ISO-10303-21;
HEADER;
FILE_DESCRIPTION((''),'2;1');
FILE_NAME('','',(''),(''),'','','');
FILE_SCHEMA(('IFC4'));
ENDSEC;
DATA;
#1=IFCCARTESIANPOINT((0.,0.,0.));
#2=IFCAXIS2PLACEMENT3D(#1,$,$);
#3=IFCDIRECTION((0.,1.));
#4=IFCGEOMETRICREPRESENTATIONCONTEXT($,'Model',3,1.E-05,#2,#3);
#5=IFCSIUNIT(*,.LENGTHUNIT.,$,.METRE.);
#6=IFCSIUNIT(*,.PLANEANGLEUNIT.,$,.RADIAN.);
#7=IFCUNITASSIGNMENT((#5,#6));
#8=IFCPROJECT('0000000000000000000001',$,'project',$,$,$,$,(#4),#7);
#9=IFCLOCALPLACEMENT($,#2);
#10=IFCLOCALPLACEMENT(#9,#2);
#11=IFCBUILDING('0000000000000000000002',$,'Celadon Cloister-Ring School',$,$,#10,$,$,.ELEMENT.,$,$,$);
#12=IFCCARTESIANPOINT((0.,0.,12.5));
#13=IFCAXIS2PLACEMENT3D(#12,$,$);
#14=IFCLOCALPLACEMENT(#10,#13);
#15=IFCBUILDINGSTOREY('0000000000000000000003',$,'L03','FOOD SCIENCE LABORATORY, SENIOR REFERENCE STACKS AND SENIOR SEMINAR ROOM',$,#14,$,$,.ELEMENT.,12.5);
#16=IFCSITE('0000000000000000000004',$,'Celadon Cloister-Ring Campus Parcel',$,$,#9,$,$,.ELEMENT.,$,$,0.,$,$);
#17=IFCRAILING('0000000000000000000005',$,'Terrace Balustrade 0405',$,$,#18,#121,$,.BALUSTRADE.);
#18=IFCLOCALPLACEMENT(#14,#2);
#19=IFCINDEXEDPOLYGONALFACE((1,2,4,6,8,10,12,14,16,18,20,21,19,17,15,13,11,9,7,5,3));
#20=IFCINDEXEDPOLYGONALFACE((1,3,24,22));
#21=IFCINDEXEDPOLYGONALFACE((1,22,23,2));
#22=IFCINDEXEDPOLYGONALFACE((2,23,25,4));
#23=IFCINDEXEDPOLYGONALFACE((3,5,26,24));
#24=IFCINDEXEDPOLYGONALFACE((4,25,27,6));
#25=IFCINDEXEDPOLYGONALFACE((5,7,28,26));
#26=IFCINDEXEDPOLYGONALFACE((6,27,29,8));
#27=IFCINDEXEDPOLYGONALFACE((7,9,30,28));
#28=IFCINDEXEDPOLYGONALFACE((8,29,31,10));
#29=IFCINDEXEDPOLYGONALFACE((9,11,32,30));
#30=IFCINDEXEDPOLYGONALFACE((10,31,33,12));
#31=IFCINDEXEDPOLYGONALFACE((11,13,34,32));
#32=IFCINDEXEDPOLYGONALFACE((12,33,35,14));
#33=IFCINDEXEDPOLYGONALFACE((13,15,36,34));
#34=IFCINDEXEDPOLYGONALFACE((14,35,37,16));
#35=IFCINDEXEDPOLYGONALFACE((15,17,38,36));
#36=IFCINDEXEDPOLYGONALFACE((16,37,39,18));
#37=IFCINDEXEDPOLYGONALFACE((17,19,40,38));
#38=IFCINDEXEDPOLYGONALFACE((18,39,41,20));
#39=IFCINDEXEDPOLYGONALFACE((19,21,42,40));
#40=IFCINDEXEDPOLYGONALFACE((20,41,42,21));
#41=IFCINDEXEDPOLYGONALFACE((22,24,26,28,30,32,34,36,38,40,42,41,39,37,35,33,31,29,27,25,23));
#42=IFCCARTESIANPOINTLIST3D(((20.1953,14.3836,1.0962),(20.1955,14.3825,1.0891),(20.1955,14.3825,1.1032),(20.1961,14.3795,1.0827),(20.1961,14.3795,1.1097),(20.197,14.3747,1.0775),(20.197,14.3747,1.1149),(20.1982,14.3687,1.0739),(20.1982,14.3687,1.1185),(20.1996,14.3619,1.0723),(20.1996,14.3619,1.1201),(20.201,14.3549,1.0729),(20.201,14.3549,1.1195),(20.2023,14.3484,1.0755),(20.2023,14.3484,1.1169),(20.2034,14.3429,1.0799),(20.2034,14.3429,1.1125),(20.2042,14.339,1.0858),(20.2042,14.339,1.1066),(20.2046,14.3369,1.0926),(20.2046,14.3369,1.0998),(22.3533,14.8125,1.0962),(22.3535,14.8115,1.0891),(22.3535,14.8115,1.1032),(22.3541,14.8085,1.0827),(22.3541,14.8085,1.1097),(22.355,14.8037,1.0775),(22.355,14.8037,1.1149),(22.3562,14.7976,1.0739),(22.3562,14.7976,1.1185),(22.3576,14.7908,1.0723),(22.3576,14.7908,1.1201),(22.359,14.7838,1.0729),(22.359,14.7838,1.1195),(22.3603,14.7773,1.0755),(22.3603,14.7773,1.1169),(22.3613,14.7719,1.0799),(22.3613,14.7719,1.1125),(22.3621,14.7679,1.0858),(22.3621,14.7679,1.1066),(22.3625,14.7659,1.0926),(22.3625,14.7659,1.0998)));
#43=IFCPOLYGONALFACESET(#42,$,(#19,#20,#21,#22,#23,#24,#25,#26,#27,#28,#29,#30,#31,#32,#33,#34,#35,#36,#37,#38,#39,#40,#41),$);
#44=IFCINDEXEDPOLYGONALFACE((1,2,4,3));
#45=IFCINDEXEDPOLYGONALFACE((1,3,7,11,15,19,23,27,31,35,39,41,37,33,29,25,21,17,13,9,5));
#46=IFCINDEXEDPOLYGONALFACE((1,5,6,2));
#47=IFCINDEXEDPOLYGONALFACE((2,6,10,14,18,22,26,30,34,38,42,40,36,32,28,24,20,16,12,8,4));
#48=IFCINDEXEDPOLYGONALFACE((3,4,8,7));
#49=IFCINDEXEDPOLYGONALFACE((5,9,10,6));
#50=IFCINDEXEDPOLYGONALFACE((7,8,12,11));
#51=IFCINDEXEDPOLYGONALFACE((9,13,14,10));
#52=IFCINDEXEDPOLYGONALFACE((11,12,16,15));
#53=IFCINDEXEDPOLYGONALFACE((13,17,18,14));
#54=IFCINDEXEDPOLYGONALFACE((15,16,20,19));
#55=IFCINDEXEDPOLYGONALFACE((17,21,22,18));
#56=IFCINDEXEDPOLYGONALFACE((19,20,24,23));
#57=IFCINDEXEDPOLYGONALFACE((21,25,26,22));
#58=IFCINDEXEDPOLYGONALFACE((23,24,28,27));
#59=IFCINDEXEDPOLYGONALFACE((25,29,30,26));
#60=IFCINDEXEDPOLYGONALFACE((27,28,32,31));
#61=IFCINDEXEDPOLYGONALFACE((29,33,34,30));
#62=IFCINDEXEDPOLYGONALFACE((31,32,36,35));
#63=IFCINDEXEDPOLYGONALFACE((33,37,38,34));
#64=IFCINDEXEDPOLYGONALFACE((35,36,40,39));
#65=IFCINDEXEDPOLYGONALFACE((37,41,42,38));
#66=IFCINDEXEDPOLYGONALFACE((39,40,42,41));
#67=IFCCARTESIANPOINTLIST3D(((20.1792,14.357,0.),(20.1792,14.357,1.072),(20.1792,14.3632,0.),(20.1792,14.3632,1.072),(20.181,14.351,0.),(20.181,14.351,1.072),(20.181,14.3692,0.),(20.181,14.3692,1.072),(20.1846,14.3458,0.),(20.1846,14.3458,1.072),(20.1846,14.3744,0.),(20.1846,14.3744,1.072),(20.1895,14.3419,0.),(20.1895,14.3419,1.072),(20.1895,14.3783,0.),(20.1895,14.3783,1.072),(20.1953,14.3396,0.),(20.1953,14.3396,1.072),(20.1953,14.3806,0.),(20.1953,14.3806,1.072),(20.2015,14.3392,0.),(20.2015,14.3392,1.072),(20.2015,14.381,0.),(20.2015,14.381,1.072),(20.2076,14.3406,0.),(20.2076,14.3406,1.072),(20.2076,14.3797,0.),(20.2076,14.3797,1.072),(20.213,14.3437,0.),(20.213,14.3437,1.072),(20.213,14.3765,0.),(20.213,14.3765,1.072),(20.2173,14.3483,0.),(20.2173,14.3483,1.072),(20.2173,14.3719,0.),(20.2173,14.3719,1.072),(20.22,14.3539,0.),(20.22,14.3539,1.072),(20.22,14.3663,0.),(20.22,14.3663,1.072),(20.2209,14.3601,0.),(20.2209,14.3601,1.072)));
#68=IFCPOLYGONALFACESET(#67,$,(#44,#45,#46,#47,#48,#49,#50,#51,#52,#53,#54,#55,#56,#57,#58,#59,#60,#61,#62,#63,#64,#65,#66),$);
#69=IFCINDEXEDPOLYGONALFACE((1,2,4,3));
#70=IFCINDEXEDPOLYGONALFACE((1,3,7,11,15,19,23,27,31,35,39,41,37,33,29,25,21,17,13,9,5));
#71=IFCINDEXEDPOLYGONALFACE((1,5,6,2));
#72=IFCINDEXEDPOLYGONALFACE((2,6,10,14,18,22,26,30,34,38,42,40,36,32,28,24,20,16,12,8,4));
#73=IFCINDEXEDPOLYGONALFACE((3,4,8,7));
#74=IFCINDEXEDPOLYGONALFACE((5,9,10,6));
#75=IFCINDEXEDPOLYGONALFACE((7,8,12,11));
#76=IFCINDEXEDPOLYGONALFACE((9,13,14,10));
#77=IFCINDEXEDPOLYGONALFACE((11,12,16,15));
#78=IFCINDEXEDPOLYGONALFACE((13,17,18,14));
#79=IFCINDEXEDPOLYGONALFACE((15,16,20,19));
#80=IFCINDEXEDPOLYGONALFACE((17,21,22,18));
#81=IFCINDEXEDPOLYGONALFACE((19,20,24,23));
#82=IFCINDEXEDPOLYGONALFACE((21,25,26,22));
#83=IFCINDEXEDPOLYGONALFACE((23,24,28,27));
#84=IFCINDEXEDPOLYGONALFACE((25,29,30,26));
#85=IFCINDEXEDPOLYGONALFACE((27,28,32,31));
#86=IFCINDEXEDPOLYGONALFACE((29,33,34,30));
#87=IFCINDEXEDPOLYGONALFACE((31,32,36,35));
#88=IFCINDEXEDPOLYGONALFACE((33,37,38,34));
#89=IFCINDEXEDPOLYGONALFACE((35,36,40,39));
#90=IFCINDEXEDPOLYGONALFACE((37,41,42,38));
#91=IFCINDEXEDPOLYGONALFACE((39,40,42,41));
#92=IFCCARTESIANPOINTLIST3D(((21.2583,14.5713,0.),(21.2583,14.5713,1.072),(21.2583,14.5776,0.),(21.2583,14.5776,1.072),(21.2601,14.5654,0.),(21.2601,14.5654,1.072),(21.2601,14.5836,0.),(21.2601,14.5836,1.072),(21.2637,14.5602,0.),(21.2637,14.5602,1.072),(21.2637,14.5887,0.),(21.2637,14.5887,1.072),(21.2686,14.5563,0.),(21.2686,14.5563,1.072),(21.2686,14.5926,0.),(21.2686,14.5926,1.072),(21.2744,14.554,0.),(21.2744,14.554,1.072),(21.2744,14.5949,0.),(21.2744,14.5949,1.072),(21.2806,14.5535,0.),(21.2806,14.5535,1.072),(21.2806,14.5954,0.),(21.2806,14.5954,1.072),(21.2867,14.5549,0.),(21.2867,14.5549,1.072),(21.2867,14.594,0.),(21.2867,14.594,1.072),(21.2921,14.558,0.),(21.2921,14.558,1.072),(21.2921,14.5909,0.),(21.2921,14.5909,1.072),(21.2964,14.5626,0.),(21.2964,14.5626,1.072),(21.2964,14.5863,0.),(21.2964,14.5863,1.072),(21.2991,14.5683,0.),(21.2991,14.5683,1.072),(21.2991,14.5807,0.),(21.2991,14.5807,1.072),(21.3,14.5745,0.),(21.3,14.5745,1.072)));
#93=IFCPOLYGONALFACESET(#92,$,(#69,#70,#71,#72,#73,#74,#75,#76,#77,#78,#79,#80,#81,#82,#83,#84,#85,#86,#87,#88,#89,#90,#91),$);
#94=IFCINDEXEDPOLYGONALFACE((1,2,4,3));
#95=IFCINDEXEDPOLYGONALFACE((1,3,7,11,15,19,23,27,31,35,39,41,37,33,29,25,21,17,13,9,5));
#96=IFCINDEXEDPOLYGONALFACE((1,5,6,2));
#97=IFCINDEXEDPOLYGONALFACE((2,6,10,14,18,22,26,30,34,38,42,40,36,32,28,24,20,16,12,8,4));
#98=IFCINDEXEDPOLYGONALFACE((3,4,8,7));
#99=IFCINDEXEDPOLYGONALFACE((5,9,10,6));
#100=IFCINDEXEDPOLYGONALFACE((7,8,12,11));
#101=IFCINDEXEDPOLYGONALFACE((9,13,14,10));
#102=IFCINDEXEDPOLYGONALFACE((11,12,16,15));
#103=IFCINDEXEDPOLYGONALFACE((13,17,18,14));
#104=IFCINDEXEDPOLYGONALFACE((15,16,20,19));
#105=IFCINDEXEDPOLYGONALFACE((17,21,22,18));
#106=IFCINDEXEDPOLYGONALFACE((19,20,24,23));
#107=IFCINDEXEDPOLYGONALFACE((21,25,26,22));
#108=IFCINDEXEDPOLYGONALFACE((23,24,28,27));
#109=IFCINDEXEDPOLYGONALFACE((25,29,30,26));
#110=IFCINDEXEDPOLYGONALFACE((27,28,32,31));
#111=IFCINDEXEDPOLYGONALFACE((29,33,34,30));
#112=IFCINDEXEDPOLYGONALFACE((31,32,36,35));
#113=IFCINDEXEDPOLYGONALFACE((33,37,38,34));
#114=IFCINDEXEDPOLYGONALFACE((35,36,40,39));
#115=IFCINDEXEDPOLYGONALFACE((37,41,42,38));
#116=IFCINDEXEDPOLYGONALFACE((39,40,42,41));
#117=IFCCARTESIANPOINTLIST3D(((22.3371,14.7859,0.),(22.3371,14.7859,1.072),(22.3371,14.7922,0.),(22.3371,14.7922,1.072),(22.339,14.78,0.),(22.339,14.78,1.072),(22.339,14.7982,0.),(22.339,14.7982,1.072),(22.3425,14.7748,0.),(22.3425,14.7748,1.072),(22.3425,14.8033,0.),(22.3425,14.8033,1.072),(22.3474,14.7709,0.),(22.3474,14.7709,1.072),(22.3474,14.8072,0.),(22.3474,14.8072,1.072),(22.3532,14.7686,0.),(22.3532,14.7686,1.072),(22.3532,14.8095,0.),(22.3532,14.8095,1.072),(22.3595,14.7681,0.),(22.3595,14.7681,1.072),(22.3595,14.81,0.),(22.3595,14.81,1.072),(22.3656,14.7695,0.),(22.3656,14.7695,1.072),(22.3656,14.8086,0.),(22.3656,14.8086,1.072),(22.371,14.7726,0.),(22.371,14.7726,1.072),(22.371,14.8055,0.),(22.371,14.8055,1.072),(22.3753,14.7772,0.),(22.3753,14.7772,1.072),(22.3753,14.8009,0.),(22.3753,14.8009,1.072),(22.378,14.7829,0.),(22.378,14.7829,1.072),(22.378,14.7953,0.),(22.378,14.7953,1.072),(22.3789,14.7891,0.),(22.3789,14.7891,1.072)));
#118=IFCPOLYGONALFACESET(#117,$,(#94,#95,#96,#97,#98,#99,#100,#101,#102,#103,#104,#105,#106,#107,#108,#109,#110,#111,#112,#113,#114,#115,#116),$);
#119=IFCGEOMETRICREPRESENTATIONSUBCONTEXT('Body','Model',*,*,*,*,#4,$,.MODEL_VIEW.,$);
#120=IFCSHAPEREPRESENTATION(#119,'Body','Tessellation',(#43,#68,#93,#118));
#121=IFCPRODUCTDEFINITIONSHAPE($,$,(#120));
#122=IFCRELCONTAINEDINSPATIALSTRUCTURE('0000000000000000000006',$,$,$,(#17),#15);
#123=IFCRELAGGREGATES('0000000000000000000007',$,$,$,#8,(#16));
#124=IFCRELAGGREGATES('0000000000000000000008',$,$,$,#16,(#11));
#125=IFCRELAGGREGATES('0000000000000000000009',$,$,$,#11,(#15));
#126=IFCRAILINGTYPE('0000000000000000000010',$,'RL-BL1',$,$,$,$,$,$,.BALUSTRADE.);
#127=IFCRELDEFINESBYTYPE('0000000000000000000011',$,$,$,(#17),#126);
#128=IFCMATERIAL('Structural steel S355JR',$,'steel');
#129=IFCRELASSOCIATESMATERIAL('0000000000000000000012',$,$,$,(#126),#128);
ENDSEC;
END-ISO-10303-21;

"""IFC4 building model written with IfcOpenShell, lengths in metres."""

from ifc_helpers import new_model, si_unit, direction, frame, origin, origin_2d, place, context, subcontext, project, spatial, circle, extrude, material, type_object, element, save


model = new_model("IFC4")

# Units and contexts
model_context = context("Model", 3, precision=1e-05, world=origin(), true_north=direction((0.0, 1.0)))
body_context = subcontext(model_context, "Body", "Model", "MODEL_VIEW")
ifc_project = project(units=[si_unit("LENGTHUNIT", "METRE"), si_unit("PLANEANGLEUNIT", "RADIAN")], contexts=[model_context])

# Site, building, storey
site_placement = place(None, origin())
site = spatial("IfcSite", under=ifc_project, at=site_placement, Name="Celadon Cloister-Ring Campus Parcel", CompositionType="ELEMENT", RefElevation=0.0)
building_placement = place(site_placement, origin())
building = spatial("IfcBuilding", under=site, at=building_placement, Name="Celadon Cloister-Ring School", CompositionType="ELEMENT")
storey_placement = place(building_placement, frame((0.0, 0.0, 12.5)))
storey = spatial("IfcBuildingStorey", under=building, at=storey_placement, Name="L03", Description="FOOD SCIENCE LABORATORY, SENIOR REFERENCE STACKS AND SENIOR SEMINAR ROOM", CompositionType="ELEMENT", Elevation=12.5)

# Railing
ifc_material_1 = material(Name="Structural steel S355JR", Category="steel")
railing_type = type_object("IfcRailingType", Name="RL-BL1", PredefinedType="BALUSTRADE", material=ifc_material_1)
railing_1_placement = place(storey_placement, frame((20.2, 14.3601, 0.0)))
element("IfcRailing", 1, at=railing_1_placement, inside=storey, type_object=railing_type, Name="Terrace Balustrade 0405", PredefinedType="BALUSTRADE", context=body_context, shape_type="SweptSolid", body=[
    extrude(circle(Radius=0.0239, at=origin_2d()), frame((0.0, 0.0, 1.0962), z_axis=(0.98081, 0.194964, 0.0), x_axis=(-0.194964, 0.98081, 0.0)), (0.0, 0.0, 1.0), 2.2002),
    extrude(circle(Radius=0.021, at=origin_2d()), origin(), (0.0, 0.0, 1.0), 1.072),
    extrude(circle(Radius=0.021, at=origin_2d()), frame((1.0791, 0.2144, 0.0)), (0.0, 0.0, 1.0), 1.072),
    extrude(circle(Radius=0.021, at=origin_2d()), frame((2.158, 0.429, 0.0)), (0.0, 0.0, 1.0), 1.072),
])

save(model, "model.ifc")
